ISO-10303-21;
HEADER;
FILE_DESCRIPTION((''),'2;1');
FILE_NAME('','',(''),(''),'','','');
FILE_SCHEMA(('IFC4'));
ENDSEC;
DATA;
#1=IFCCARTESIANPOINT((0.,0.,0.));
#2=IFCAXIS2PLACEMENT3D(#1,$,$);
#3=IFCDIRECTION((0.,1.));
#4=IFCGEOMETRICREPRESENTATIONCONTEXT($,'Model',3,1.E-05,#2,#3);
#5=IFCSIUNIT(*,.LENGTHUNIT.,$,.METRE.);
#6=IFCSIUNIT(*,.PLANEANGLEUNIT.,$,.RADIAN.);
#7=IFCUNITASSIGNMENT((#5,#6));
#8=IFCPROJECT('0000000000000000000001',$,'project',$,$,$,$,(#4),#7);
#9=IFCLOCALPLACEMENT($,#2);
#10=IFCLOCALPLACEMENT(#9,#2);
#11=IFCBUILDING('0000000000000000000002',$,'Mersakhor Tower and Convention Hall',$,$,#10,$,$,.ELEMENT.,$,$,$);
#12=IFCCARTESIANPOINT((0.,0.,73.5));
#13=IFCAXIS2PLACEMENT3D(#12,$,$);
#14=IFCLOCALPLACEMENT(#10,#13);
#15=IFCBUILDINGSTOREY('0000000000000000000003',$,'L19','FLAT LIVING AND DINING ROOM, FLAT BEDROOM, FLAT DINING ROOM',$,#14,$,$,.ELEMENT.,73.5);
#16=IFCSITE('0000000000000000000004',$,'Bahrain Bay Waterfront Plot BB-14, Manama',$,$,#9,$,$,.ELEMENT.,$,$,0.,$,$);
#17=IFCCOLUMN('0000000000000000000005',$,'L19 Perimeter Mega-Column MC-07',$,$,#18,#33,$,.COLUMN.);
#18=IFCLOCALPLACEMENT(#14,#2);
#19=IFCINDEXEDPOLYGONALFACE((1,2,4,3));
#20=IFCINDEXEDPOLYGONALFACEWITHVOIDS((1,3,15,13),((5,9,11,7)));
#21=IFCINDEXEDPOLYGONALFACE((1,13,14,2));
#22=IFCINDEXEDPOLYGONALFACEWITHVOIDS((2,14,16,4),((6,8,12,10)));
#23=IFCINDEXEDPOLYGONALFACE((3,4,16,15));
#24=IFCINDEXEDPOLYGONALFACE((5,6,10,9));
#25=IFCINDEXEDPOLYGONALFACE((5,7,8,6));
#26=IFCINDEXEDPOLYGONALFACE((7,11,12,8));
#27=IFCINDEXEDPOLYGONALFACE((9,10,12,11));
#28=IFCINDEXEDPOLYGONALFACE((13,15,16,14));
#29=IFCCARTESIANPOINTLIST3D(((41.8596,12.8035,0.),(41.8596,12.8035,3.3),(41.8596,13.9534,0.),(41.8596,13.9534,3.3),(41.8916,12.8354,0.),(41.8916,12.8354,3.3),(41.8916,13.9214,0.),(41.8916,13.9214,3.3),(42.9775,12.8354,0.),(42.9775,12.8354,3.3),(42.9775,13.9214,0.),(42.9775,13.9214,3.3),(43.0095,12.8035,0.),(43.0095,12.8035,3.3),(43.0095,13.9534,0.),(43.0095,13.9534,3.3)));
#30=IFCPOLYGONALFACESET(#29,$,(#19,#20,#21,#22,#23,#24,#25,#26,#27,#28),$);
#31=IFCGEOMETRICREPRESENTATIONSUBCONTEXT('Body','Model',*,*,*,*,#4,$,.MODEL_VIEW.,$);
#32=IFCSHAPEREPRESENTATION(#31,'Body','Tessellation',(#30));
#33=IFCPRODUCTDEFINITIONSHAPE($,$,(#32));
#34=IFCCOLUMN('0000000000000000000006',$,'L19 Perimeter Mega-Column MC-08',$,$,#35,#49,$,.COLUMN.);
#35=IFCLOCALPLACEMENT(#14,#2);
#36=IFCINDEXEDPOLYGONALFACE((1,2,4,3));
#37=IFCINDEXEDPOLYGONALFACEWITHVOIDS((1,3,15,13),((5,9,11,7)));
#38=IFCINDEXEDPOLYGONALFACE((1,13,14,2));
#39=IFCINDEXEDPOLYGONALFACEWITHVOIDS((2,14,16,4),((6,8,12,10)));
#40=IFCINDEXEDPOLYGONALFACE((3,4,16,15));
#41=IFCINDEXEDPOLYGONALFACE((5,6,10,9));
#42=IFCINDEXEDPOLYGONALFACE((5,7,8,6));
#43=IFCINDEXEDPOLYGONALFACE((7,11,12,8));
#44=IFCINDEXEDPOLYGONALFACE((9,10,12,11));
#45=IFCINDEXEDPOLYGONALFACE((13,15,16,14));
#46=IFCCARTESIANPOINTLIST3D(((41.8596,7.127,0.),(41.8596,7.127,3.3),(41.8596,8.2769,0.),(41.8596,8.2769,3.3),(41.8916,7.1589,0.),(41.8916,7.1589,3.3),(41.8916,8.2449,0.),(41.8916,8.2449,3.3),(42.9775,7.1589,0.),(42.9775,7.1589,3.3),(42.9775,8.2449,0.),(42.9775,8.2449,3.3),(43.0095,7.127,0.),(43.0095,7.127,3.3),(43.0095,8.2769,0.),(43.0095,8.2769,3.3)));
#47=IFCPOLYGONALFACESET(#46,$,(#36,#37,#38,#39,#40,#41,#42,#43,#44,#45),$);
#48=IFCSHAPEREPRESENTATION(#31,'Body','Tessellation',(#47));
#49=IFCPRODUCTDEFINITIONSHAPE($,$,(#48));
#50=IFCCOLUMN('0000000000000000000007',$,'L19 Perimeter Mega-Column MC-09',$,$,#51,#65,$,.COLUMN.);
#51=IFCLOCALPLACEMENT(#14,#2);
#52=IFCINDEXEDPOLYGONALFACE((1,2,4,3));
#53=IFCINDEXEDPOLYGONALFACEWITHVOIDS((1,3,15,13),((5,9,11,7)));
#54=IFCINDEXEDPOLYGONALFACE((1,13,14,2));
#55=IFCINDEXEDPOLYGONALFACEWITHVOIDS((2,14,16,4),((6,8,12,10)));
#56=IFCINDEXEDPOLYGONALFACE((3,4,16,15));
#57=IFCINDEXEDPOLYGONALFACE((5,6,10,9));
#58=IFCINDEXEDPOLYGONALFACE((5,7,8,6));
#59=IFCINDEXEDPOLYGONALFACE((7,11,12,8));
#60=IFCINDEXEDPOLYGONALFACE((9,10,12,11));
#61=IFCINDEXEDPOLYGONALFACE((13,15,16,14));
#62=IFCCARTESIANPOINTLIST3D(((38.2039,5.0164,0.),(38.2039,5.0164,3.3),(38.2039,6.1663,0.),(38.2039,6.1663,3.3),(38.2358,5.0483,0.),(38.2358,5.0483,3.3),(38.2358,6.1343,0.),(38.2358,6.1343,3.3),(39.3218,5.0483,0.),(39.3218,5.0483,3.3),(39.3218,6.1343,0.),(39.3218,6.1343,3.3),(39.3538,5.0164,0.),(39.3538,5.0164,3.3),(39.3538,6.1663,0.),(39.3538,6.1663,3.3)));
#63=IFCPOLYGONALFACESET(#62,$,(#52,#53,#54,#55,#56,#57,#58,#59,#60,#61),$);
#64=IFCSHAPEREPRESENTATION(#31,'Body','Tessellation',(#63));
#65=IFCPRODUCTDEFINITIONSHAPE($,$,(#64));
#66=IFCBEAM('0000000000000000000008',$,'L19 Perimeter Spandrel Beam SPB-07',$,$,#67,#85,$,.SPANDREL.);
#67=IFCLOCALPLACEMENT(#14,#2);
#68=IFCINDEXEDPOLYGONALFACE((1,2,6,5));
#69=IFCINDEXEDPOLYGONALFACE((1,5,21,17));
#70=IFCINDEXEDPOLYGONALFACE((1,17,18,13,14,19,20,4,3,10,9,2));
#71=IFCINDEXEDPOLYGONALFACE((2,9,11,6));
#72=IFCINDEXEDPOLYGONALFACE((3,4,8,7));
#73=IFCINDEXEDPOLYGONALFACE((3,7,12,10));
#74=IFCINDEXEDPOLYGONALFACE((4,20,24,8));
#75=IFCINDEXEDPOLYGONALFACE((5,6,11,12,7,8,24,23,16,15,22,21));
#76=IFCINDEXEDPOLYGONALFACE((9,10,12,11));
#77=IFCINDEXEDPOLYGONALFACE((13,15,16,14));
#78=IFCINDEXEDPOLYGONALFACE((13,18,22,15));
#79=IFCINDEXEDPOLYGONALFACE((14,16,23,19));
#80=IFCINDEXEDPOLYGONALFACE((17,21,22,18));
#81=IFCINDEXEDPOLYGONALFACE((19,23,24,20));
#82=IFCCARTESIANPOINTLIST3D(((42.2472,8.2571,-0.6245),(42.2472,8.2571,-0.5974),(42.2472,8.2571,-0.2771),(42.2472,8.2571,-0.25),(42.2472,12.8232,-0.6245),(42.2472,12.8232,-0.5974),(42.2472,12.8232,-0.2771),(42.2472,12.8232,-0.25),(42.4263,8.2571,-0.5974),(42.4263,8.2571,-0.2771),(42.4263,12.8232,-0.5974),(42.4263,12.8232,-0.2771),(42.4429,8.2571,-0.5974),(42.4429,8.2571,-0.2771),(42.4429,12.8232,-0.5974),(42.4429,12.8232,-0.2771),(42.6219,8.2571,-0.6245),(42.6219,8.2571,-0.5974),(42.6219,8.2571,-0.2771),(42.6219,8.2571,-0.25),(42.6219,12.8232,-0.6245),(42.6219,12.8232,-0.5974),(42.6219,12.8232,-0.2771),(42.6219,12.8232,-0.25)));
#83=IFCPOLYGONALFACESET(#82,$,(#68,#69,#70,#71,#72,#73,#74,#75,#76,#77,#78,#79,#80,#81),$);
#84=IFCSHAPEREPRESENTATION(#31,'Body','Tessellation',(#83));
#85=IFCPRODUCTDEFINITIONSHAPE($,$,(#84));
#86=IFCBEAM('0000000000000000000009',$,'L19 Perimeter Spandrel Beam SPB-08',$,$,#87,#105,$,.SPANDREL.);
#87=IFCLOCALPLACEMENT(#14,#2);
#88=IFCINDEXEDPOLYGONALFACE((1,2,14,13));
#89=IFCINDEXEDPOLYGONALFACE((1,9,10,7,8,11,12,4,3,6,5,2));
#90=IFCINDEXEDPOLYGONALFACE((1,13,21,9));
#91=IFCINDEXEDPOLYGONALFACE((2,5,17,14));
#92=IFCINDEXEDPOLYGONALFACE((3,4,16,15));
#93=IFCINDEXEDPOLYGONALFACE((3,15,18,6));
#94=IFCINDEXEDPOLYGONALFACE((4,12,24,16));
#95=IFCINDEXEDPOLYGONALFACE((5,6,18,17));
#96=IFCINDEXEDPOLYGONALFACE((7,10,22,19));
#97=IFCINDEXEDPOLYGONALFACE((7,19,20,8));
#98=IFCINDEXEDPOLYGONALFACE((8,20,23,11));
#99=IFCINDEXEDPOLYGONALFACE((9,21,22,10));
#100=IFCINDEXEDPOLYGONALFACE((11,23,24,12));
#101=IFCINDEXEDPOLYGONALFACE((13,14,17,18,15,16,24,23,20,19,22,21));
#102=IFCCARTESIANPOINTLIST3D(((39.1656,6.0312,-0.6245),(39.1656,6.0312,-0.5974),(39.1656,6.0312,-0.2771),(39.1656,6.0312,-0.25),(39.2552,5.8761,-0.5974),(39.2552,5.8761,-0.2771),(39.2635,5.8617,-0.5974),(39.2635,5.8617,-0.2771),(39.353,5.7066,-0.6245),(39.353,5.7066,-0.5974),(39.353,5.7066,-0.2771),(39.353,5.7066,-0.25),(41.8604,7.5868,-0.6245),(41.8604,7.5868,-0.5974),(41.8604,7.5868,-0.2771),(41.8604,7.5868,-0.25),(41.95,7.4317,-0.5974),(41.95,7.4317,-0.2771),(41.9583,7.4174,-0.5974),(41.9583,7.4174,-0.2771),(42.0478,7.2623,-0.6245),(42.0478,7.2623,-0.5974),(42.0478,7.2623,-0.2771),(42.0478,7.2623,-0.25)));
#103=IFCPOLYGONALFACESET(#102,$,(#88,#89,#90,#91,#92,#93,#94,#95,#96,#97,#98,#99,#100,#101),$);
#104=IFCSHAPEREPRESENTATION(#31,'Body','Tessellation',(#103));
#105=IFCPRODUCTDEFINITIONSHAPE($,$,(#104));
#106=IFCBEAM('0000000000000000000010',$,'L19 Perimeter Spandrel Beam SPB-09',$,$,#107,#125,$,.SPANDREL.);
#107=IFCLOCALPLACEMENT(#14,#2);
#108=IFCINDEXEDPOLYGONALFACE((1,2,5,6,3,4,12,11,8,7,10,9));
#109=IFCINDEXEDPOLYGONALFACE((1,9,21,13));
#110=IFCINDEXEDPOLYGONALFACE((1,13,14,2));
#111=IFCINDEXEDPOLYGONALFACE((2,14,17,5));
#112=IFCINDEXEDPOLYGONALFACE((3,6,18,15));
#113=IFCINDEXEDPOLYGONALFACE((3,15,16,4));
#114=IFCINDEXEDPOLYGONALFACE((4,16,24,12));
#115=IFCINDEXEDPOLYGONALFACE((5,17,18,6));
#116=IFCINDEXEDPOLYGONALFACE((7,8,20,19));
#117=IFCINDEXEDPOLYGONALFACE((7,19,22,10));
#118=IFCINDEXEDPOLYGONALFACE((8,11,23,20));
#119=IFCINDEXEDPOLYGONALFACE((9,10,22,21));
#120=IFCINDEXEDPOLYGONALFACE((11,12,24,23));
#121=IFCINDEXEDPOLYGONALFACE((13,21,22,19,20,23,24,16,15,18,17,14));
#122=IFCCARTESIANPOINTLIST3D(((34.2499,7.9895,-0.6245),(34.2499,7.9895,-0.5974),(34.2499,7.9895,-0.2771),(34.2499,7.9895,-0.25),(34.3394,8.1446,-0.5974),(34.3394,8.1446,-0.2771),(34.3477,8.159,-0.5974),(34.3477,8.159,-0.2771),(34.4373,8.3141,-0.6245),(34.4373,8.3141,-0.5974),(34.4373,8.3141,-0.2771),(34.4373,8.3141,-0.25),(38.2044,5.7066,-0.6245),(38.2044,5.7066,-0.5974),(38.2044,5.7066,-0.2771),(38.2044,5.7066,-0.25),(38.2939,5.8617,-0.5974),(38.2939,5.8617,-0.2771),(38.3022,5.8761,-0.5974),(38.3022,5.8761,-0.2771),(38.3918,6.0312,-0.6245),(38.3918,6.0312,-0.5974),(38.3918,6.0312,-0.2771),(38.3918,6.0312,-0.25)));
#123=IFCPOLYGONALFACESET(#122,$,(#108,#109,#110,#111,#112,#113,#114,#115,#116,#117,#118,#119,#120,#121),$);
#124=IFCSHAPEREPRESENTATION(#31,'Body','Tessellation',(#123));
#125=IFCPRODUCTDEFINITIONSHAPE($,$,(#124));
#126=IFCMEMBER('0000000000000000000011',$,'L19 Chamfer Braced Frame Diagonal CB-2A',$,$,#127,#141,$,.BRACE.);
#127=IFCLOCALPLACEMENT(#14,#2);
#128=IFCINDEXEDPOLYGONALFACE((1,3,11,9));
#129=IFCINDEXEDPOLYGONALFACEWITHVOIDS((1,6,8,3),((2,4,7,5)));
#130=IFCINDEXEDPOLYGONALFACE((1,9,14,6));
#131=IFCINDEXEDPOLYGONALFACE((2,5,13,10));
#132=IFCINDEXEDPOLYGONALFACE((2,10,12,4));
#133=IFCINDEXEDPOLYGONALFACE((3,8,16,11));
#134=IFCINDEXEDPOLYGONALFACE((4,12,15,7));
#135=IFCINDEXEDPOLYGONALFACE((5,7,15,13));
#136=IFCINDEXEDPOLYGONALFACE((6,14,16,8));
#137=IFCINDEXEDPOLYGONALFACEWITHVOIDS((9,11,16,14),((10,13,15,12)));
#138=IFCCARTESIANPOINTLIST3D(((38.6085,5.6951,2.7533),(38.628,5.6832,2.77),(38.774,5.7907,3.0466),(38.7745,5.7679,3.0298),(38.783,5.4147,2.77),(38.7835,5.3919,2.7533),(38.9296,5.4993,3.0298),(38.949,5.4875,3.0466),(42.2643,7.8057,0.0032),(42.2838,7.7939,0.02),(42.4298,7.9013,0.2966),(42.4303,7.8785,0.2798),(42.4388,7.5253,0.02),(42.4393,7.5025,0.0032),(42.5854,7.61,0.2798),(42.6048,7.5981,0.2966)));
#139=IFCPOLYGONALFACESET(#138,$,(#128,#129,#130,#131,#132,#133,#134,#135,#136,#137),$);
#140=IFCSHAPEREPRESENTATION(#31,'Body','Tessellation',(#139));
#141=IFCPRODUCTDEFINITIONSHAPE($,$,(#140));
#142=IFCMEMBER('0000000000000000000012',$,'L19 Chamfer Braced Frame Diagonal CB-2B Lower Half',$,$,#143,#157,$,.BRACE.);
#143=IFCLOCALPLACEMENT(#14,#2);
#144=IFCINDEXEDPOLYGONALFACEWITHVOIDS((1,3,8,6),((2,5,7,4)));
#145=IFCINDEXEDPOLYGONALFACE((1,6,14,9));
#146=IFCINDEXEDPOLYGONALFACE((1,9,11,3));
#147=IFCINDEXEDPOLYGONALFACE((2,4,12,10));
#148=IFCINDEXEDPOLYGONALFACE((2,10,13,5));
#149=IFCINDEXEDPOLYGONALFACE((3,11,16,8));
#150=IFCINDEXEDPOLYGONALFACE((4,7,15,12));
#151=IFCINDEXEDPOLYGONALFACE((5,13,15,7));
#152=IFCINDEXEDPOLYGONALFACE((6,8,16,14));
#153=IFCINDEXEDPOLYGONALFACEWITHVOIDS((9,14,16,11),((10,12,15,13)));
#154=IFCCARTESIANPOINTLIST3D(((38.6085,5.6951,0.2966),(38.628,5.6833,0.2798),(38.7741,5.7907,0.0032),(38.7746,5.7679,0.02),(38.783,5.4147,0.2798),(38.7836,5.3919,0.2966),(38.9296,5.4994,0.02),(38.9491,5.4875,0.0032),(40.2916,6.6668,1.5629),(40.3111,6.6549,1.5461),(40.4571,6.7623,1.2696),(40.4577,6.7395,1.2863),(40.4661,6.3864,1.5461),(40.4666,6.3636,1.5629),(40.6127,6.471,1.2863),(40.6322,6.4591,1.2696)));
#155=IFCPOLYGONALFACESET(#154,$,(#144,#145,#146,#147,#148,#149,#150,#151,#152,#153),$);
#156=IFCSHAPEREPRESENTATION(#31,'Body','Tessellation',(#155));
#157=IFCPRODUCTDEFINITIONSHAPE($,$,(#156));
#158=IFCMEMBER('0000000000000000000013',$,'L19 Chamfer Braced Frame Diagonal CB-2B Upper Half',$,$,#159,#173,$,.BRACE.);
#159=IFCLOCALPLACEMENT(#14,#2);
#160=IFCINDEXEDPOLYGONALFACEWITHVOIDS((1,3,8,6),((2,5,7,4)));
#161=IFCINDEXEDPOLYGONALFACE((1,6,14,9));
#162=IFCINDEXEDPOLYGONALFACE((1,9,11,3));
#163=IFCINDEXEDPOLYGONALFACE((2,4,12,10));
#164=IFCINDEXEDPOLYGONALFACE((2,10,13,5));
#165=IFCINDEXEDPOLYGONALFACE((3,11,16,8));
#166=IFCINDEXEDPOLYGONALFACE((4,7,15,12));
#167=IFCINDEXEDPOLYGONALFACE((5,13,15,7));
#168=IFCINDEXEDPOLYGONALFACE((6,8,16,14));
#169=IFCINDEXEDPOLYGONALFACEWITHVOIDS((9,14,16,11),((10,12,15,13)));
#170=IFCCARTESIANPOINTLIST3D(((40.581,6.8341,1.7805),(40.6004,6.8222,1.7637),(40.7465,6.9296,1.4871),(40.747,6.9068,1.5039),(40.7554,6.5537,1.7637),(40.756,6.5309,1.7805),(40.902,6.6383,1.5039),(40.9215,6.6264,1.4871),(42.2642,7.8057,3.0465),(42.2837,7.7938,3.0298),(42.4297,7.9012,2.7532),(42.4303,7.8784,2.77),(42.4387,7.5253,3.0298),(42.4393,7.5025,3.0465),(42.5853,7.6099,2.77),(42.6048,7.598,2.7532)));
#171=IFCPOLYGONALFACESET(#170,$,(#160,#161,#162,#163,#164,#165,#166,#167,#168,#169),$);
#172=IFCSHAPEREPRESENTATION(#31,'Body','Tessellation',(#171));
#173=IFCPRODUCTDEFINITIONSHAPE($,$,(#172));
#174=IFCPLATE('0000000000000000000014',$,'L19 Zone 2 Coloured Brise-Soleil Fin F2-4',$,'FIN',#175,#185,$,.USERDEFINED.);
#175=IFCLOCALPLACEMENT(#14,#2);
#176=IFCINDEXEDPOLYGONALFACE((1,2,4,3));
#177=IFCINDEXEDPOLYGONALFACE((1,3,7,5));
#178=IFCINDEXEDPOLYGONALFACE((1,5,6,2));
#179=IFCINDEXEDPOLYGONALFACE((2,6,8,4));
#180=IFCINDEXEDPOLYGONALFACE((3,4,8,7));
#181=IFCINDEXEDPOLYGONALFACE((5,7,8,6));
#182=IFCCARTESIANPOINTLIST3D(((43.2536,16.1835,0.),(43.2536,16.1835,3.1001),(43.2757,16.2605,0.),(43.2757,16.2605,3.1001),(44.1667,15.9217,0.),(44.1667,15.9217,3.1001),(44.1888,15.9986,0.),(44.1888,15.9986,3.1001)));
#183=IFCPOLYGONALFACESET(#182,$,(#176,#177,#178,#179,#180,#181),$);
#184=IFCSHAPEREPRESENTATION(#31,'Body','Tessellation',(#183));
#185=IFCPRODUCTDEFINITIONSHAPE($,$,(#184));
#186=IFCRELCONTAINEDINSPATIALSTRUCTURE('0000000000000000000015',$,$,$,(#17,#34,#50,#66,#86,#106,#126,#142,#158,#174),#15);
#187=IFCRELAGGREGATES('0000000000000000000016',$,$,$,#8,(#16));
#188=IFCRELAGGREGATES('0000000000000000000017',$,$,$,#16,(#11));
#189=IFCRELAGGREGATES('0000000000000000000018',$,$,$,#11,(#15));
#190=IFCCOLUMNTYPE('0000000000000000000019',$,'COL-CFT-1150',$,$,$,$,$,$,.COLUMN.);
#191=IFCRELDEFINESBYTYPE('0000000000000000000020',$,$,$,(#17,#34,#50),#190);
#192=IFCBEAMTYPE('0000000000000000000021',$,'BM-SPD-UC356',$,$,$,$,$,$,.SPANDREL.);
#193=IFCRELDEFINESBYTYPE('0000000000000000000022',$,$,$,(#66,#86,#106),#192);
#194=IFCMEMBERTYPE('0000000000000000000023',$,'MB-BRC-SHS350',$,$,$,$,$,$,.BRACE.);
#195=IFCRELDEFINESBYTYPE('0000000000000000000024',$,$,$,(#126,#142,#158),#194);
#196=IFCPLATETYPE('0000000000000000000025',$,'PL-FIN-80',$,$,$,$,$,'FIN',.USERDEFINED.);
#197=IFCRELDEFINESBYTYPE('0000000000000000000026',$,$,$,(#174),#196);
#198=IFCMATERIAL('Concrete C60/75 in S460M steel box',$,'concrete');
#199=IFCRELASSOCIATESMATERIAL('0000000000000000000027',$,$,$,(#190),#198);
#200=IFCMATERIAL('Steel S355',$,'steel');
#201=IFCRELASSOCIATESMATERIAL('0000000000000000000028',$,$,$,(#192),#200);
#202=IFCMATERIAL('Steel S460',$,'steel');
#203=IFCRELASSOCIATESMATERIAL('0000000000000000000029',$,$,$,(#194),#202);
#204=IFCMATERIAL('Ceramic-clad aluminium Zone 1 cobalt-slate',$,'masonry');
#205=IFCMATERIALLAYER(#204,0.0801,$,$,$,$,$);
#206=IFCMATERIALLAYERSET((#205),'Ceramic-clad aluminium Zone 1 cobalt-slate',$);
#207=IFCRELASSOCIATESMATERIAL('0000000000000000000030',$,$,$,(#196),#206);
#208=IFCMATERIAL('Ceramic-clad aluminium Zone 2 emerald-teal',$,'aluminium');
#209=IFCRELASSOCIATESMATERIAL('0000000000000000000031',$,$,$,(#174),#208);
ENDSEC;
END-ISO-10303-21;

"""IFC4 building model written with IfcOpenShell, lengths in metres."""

from ifc_helpers import new_model, si_unit, direction, frame, origin, origin_2d, place, context, subcontext, project, spatial, rectangle, hollow_rectangle, i_section, extrude, material, layer, layer_set, material_profile, profile_set, type_object, element, save


model = new_model("IFC4")

# Units and contexts
model_context = context("Model", 3, precision=1e-05, world=origin(), true_north=direction((0.0, 1.0)))
body_context = subcontext(model_context, "Body", "Model", "MODEL_VIEW")
ifc_project = project(units=[si_unit("LENGTHUNIT", "METRE"), si_unit("PLANEANGLEUNIT", "RADIAN")], contexts=[model_context])

# Site, building, storey
site_placement = place(None, origin())
site = spatial("IfcSite", under=ifc_project, at=site_placement, Name="Bahrain Bay Waterfront Plot BB-14, Manama", CompositionType="ELEMENT", RefElevation=0.0)
building_placement = place(site_placement, origin())
building = spatial("IfcBuilding", under=site, at=building_placement, Name="Mersakhor Tower and Convention Hall", CompositionType="ELEMENT")
storey_placement = place(building_placement, frame((0.0, 0.0, 73.5)))
storey = spatial("IfcBuildingStorey", under=building, at=storey_placement, Name="L19", Description="FLAT LIVING AND DINING ROOM, FLAT BEDROOM, FLAT DINING ROOM", CompositionType="ELEMENT", Elevation=73.5)

# Columns
ifc_material_1 = material(Name="Concrete C60/75 in S460M steel box", Category="concrete")
ifc_material_profile_1 = material_profile(ifc_material_1, hollow_rectangle(XDim=1.1499, YDim=1.1499, WallThickness=0.032, at=origin_2d()), Name="SHS 1150x1150x32")
ifc_profile_set_1 = profile_set([ifc_material_profile_1], Name="Concrete C60/75 in S460M steel box")
column_type = type_object("IfcColumnType", Name="COL-CFT-1150", PredefinedType="COLUMN", material=ifc_profile_set_1)
for number, where, z_axis, x_axis, name in (
    (1, (42.4346, 13.3784, 0.0), (0.0, 0.0, 1.0), (1.0, 0.0, 0.0), "L19 Perimeter Mega-Column MC-07"),
    (2, (42.4346, 7.7019, 0.0), (0.0, 0.0, 1.0), (1.0, 0.0, 0.0), "L19 Perimeter Mega-Column MC-08"),
    (3, (38.7788, 5.5913, 0.0), (0.0, 0.0, 1.0), (1.0, 0.0, 0.0), "L19 Perimeter Mega-Column MC-09"),
):
    element("IfcColumn", number, at=place(storey_placement, frame(where, z_axis=z_axis, x_axis=x_axis)), inside=storey, type_object=column_type, Name=name, PredefinedType="COLUMN", context=body_context, shape_type="SweptSolid", body=[
        extrude(hollow_rectangle(XDim=1.1499, YDim=1.1499, WallThickness=0.032, at=origin_2d()), origin(), (0.0, 0.0, 1.0), 3.3),
    ])

# Beams
ifc_material_2 = material(Name="Steel S355", Category="steel")
ifc_material_profile_2 = material_profile(ifc_material_2, i_section(OverallWidth=0.3748, OverallDepth=0.3745, WebThickness=0.0166, FlangeThickness=0.0271, at=origin_2d()), Name="UC 356x368x202")
ifc_profile_set_2 = profile_set([ifc_material_profile_2], Name="Steel S355")
beam_type = type_object("IfcBeamType", Name="BM-SPD-UC356", PredefinedType="SPANDREL", material=ifc_profile_set_2)
beam_1_placement = place(storey_placement, frame((42.4346, 12.8232, -0.4373), z_axis=(0.0, -1.0, 0.0), x_axis=(1.0, 0.0, 0.0)))
element("IfcBeam", 4, at=beam_1_placement, inside=storey, type_object=beam_type, Name="L19 Perimeter Spandrel Beam SPB-07", PredefinedType="SPANDREL", context=body_context, shape_type="SweptSolid", body=[
    extrude(i_section(OverallWidth=0.3748, OverallDepth=0.3745, WebThickness=0.0166, FlangeThickness=0.0271, at=origin_2d()), origin(), (0.0, 0.0, 1.0), 4.5662),
])
beam_2_placement = place(storey_placement, frame((41.9541, 7.4246, -0.4373), z_axis=(-0.866052, -0.499953, 0.0), x_axis=(0.499953, -0.866052, 0.0)))
element("IfcBeam", 5, at=beam_2_placement, inside=storey, type_object=beam_type, Name="L19 Perimeter Spandrel Beam SPB-08", PredefinedType="SPANDREL", context=body_context, shape_type="SweptSolid", body=[
    extrude(i_section(OverallWidth=0.3748, OverallDepth=0.3745, WebThickness=0.0166, FlangeThickness=0.0271, at=origin_2d()), origin(), (0.0, 0.0, 1.0), 3.1116),
])
beam_3_placement = place(storey_placement, frame((38.2981, 5.8689, -0.4373), z_axis=(-0.866047, 0.499963, 0.0), x_axis=(-0.499963, -0.866047, 0.0)))
element("IfcBeam", 6, at=beam_3_placement, inside=storey, type_object=beam_type, Name="L19 Perimeter Spandrel Beam SPB-09", PredefinedType="SPANDREL", context=body_context, shape_type="SweptSolid", body=[
    extrude(i_section(OverallWidth=0.3748, OverallDepth=0.3745, WebThickness=0.0166, FlangeThickness=0.0271, at=origin_2d()), origin(), (0.0, 0.0, 1.0), 4.5662),
])

# Members
ifc_material_3 = material(Name="Steel S460", Category="steel")
ifc_material_profile_3 = material_profile(ifc_material_3, hollow_rectangle(XDim=0.3501, YDim=0.3501, WallThickness=0.02, at=origin_2d()), Name="SHS 350x350x20")
ifc_profile_set_3 = profile_set([ifc_material_profile_3], Name="Steel S460")
member_type = type_object("IfcMemberType", Name="MB-BRC-SHS350", PredefinedType="BRACE", material=ifc_profile_set_3)
member_placement = place(storey_placement, frame((42.4346, 7.7019, 0.1499), z_axis=(-0.725634, -0.418933, 0.545849), x_axis=(0.499989, -0.866031, 0.0)))
element("IfcMember", 7, at=member_placement, inside=storey, type_object=member_type, Name="L19 Chamfer Braced Frame Diagonal CB-2A", PredefinedType="BRACE", context=body_context, shape_type="SweptSolid", body=[
    extrude(hollow_rectangle(XDim=0.3501, YDim=0.3501, WallThickness=0.02, at=origin_2d()), origin(), (0.0, 0.0, 1.0), 5.0381),
])
for number, where, z_axis, x_axis, name in (
    (8, (38.7788, 5.5913, 0.1499), (0.725593, 0.418895, 0.545932), (-0.499976, 0.866039, 0.0), "L19 Chamfer Braced Frame Diagonal CB-2B Lower Half"),
    (9, (40.7512, 6.7302, 1.6338), (0.725685, 0.418887, 0.545816), (-0.499922, 0.866071, 0.0), "L19 Chamfer Braced Frame Diagonal CB-2B Upper Half"),
):
    element("IfcMember", number, at=place(storey_placement, frame(where, z_axis=z_axis, x_axis=x_axis)), inside=storey, type_object=member_type, Name=name, PredefinedType="BRACE", context=body_context, shape_type="SweptSolid", body=[
        extrude(hollow_rectangle(XDim=0.3501, YDim=0.3501, WallThickness=0.02, at=origin_2d()), origin(), (0.0, 0.0, 1.0), 2.3196),
    ])

# Plate
ifc_material_4 = material(Name="Ceramic-clad aluminium Zone 2 emerald-teal", Category="aluminium")
ifc_material_5 = material(Name="Ceramic-clad aluminium Zone 1 cobalt-slate", Category="masonry")
ifc_layer_1 = layer(ifc_material_5, 0.0801)
ifc_layer_set_1 = layer_set([ifc_layer_1], Name="Ceramic-clad aluminium Zone 1 cobalt-slate")
plate_type_1 = type_object("IfcPlateType", Name="PL-FIN-80", ElementType="FIN", PredefinedType="USERDEFINED", material=ifc_layer_set_1)
plate_1_placement = place(storey_placement, frame((43.7212, 16.0911, 0.0), z_axis=(0.0, 0.0, 1.0), x_axis=(0.961262, -0.275637, 0.0)))
element("IfcPlate", 10, at=plate_1_placement, inside=storey, type_object=plate_type_1, material=ifc_material_4, Name="L19 Zone 2 Coloured Brise-Soleil Fin F2-4", ObjectType="FIN", PredefinedType="USERDEFINED", context=body_context, shape_type="SweptSolid", body=[
    extrude(rectangle(XDim=0.95, YDim=0.0801, at=origin_2d()), origin(), (0.0, 0.0, 1.0), 3.1001),
])

save(model, "model.ifc")
